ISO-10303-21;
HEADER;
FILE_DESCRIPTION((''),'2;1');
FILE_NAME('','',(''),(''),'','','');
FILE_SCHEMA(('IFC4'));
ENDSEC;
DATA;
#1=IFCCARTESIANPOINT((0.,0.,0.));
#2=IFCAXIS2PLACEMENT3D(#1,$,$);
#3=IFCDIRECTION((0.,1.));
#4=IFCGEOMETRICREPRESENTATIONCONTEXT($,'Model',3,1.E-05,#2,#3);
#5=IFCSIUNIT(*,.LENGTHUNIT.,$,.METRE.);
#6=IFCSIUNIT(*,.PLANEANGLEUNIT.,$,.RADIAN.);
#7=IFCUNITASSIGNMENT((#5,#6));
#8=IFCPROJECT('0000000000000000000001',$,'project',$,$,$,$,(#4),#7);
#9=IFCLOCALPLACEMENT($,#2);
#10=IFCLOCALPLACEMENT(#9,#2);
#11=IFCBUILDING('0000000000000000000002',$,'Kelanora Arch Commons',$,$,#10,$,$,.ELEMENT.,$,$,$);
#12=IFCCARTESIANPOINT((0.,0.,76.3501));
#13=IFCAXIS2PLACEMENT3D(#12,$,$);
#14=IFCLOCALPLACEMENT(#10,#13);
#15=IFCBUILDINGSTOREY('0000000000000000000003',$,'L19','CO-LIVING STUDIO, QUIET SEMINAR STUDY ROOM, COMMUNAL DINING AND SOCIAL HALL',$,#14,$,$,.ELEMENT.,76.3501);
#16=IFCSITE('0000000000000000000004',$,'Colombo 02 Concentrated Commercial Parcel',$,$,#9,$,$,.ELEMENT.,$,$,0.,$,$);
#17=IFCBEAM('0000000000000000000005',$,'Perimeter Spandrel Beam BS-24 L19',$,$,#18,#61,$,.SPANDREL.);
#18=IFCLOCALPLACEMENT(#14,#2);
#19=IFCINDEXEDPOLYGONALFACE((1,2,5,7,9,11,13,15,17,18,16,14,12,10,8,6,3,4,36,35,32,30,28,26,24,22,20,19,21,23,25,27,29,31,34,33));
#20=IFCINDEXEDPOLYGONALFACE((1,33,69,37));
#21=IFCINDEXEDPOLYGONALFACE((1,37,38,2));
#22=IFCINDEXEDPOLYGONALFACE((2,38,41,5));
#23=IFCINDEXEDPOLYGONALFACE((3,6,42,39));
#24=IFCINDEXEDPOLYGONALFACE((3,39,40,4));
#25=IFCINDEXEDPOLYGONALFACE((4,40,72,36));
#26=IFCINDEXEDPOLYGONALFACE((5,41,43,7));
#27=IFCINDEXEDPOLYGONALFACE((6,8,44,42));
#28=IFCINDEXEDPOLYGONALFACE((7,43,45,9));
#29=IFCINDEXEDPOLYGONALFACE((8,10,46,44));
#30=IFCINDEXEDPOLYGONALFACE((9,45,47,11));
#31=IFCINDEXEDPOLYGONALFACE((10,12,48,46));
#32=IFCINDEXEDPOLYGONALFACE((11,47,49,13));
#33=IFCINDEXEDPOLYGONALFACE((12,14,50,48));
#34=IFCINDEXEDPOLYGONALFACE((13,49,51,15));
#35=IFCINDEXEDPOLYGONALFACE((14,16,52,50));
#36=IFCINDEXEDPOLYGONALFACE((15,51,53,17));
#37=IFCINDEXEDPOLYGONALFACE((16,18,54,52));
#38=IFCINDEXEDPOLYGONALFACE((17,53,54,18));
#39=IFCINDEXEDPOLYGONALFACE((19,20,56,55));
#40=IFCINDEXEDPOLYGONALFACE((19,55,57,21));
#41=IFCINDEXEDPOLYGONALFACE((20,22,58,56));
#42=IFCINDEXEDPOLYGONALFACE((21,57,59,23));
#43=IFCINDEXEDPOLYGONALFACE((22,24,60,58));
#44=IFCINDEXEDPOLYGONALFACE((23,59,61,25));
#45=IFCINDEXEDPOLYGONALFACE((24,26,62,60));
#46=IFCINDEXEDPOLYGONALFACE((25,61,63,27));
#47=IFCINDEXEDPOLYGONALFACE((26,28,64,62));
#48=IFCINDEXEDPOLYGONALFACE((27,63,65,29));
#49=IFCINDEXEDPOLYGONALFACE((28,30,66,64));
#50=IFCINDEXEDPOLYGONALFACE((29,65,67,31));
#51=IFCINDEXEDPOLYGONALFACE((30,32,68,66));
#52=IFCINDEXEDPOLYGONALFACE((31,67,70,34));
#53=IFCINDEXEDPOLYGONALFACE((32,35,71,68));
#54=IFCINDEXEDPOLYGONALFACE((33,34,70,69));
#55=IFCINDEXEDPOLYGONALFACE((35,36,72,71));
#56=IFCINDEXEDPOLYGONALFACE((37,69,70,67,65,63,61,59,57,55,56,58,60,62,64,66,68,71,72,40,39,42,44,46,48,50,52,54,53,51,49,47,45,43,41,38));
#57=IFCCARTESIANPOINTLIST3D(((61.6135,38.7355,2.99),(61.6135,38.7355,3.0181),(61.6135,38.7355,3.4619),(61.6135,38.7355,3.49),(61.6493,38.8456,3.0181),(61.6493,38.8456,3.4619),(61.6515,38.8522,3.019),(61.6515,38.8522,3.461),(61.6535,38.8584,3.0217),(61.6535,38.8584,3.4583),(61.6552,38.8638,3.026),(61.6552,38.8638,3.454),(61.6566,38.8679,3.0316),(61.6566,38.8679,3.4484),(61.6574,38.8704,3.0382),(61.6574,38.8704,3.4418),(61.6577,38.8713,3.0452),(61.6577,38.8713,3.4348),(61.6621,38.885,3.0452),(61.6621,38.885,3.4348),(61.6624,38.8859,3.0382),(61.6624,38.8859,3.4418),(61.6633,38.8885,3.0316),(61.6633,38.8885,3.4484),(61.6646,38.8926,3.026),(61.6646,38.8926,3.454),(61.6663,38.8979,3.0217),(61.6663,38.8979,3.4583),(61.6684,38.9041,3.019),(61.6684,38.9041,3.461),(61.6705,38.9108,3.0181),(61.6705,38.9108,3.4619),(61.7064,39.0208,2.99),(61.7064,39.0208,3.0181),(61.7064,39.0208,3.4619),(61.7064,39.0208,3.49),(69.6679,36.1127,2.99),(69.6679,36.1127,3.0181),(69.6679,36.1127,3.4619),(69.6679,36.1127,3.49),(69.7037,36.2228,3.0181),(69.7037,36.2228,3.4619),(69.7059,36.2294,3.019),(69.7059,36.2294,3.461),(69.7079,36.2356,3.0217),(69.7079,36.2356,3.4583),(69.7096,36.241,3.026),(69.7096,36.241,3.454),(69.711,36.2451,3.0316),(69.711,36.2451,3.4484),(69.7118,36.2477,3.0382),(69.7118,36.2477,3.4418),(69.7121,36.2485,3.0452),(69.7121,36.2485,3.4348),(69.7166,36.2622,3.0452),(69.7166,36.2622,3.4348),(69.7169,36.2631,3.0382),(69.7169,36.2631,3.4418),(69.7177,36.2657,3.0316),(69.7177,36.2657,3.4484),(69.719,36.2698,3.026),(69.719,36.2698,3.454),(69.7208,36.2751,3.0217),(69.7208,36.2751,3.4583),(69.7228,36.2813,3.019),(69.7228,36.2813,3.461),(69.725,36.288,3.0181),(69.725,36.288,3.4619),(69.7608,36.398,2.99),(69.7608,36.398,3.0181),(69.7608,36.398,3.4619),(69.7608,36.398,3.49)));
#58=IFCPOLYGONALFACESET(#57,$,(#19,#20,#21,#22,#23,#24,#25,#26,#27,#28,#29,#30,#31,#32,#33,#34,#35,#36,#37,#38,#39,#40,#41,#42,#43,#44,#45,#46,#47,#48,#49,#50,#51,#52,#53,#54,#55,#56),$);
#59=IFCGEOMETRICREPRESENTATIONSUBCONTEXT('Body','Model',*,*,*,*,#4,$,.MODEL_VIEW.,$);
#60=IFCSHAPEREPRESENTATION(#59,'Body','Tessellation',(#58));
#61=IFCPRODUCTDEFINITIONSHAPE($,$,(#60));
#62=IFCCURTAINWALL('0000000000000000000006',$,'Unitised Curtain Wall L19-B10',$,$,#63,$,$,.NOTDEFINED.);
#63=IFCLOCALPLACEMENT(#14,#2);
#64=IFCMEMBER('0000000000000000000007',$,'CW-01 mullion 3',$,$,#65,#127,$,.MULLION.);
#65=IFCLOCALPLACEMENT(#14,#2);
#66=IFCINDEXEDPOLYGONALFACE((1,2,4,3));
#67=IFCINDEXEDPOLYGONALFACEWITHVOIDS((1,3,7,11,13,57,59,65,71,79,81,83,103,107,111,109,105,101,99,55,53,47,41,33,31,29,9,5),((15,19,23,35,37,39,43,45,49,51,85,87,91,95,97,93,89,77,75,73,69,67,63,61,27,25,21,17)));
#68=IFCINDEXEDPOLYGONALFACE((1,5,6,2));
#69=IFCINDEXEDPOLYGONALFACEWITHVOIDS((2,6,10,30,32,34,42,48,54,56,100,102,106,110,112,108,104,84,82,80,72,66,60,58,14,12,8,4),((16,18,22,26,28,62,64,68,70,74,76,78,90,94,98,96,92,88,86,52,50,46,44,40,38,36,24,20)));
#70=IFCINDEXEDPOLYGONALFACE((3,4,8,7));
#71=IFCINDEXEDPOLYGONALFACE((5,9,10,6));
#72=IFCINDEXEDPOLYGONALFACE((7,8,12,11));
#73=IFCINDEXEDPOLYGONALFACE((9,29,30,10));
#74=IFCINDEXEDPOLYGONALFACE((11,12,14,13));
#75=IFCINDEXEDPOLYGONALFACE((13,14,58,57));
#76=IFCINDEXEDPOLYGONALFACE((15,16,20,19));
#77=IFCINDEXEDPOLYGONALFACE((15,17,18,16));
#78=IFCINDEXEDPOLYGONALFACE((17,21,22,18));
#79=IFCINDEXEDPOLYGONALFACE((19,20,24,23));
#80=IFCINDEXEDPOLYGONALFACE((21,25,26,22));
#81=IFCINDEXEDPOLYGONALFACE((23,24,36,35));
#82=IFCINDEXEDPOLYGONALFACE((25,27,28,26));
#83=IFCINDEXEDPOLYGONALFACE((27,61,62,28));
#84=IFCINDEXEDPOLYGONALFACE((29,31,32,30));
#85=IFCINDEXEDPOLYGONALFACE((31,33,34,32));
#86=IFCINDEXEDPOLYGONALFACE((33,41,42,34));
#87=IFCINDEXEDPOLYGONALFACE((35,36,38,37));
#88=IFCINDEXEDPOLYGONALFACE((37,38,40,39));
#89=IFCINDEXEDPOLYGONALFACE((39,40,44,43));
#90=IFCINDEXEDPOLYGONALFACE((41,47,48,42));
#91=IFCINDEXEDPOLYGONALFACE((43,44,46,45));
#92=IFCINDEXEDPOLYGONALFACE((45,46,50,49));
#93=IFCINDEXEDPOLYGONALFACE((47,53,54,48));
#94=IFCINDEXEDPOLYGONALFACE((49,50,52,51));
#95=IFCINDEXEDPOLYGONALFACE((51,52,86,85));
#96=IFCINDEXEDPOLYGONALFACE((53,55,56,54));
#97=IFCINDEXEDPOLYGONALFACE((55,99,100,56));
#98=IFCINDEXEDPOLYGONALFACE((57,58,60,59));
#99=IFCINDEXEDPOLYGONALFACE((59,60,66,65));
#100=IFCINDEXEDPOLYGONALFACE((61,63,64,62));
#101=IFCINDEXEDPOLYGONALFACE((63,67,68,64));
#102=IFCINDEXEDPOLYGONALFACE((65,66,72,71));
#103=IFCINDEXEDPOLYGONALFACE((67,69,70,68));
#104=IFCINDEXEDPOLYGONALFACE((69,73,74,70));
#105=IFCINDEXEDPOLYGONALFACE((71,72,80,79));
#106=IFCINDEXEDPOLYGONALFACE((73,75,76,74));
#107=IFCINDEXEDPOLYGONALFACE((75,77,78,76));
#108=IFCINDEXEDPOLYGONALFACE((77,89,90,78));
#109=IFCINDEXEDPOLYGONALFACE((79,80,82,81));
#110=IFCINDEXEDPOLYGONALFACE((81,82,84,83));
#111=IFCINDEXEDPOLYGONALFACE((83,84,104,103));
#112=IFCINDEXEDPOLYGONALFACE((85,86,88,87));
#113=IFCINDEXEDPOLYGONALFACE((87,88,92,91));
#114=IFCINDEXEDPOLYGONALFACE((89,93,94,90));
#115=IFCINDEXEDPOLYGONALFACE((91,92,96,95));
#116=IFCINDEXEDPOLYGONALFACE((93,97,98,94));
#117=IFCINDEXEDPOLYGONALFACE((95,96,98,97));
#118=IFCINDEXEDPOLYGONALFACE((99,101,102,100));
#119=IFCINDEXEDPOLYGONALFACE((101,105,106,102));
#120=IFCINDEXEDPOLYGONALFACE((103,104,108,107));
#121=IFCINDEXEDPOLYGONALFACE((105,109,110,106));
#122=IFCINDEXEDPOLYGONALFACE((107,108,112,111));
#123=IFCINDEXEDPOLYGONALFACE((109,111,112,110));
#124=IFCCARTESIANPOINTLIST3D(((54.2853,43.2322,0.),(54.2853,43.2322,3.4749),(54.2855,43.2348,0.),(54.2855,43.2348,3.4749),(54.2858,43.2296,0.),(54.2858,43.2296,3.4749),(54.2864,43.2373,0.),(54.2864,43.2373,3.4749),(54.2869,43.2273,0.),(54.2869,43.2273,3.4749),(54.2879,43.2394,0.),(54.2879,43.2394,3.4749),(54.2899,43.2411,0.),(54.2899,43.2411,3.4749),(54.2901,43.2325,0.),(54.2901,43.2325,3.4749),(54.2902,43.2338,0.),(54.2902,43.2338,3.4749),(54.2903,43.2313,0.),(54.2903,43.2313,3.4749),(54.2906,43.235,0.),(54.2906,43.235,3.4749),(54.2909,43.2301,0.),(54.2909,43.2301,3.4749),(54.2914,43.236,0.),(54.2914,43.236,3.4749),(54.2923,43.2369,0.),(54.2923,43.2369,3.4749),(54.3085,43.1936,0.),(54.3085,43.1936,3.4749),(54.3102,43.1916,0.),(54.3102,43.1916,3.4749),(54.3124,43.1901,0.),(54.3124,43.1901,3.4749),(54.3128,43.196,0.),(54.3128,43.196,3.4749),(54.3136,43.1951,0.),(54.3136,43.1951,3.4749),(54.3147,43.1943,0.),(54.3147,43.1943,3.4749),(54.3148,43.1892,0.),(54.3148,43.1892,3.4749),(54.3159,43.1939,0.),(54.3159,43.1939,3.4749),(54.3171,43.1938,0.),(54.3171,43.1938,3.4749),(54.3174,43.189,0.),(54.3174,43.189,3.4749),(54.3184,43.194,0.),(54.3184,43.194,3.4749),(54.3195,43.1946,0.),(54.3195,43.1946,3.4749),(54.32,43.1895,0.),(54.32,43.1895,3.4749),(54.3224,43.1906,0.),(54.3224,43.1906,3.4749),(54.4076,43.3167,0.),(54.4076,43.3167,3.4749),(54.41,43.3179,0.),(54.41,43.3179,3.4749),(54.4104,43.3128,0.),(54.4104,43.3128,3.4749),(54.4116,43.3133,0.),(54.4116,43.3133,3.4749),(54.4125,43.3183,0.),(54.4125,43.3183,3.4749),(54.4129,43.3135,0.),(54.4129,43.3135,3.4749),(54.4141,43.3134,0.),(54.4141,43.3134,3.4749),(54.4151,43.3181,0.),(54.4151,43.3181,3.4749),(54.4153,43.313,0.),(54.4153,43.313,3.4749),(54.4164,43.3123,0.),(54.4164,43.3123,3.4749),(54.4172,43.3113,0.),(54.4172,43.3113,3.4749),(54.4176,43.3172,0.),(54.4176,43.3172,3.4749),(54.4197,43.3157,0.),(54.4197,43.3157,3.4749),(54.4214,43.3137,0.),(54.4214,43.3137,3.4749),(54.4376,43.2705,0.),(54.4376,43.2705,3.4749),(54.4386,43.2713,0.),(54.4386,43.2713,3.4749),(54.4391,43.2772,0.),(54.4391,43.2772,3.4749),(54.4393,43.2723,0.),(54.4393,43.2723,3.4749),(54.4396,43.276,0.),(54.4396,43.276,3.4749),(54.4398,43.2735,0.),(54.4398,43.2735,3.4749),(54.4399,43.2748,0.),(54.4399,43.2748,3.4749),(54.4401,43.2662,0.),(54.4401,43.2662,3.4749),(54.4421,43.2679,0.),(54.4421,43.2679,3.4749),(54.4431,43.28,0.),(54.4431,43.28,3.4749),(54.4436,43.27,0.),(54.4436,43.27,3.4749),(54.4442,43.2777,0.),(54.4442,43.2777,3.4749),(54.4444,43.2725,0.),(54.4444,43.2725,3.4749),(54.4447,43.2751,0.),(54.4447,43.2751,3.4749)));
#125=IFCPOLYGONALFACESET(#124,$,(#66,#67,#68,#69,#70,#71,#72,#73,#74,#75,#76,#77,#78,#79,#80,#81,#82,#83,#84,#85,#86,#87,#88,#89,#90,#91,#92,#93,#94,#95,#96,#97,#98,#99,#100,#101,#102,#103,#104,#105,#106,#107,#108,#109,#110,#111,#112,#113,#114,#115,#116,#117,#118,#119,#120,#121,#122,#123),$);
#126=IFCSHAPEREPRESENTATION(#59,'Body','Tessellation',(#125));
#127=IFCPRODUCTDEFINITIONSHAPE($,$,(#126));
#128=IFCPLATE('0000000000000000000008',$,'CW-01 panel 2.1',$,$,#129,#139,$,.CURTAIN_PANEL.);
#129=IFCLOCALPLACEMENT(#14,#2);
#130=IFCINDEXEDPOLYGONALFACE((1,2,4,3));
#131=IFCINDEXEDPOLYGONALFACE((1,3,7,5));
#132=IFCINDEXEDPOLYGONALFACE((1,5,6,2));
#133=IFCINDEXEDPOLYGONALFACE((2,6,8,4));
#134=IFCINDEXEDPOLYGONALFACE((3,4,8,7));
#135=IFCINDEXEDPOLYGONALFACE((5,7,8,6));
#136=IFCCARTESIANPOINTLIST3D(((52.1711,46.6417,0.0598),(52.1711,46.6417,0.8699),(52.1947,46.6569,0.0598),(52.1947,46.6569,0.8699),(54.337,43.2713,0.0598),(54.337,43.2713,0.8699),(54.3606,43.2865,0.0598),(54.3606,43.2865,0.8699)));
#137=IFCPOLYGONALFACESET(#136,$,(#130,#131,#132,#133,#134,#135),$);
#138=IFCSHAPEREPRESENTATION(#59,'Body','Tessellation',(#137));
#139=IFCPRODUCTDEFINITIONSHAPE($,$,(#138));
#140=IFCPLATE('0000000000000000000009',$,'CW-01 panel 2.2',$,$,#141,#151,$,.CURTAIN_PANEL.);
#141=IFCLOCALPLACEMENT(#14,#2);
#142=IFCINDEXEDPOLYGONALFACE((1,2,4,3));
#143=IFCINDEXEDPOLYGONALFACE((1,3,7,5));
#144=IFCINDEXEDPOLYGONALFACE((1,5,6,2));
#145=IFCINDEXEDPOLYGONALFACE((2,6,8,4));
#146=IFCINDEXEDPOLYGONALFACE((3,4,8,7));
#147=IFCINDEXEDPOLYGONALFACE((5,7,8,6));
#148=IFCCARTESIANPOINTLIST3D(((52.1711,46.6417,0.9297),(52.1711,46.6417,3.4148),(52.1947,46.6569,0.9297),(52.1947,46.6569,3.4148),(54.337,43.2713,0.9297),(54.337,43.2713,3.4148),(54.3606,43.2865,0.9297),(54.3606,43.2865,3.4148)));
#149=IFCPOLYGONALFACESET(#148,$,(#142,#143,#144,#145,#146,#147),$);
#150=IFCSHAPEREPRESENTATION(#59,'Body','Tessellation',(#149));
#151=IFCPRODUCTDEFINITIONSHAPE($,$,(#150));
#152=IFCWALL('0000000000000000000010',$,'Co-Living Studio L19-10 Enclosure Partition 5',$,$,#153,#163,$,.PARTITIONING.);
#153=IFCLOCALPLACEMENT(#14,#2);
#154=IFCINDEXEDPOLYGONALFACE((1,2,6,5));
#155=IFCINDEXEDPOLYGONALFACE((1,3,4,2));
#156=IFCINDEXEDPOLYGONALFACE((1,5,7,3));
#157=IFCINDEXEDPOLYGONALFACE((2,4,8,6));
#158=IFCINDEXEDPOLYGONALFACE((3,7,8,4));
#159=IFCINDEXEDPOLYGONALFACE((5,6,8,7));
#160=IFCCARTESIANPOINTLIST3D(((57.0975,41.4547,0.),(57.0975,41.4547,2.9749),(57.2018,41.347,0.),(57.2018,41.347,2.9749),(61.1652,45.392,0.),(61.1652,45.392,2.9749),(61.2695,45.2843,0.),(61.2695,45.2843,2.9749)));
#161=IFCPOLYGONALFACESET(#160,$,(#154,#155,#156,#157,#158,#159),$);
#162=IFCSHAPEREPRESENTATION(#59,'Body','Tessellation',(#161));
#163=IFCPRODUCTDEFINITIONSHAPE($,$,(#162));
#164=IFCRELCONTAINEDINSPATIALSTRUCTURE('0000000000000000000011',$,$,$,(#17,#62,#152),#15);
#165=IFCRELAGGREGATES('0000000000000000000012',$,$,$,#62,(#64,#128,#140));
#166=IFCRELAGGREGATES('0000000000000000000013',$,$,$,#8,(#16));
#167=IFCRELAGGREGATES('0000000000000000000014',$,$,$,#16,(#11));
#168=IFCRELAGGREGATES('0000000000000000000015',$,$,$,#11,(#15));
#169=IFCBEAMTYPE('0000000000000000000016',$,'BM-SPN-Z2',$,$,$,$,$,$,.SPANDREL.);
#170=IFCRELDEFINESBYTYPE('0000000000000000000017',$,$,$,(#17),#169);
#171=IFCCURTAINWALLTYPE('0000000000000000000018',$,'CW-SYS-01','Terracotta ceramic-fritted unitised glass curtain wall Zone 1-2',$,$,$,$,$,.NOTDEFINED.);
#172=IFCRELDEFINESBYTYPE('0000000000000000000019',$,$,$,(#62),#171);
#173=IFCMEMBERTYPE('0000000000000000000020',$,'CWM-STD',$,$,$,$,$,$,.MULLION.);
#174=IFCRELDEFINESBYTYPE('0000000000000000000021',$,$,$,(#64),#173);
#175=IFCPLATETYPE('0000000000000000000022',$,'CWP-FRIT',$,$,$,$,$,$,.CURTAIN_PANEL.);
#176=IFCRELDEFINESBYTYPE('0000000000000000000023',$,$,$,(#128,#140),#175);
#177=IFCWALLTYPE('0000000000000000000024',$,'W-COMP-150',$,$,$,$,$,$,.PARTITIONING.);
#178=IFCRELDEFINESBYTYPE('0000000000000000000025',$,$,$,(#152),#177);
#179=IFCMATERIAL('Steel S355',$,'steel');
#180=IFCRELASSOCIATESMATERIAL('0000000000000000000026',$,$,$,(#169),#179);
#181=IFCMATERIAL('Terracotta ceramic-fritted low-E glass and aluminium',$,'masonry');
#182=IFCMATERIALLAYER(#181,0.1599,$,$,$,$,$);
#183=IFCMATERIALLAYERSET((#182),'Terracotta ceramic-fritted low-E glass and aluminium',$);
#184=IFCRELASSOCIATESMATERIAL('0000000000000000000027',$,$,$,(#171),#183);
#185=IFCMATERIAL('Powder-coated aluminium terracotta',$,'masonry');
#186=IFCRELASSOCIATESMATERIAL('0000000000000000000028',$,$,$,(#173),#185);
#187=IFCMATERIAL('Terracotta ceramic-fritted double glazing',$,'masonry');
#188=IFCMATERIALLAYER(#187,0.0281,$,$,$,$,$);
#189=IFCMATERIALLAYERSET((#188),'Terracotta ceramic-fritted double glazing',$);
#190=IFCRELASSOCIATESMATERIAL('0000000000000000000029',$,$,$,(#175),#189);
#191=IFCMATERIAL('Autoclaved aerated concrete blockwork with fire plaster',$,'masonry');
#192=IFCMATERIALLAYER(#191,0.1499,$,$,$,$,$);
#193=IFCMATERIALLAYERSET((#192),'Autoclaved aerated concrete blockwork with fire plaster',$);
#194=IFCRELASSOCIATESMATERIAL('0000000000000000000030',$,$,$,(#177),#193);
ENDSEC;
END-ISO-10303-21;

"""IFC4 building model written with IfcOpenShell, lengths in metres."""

from ifc_helpers import new_model, si_unit, direction, frame, frame_2d, origin, origin_2d, place, context, subcontext, project, spatial, rectangle, hollow_rectangle, i_section, extrude, source, transform, mapped, material, layer, layer_set, material_profile, profile_set, type_object, element, aggregate, save


model = new_model("IFC4")

# Units and contexts
model_context = context("Model", 3, precision=1e-05, world=origin(), true_north=direction((0.0, 1.0)))
body_context = subcontext(model_context, "Body", "Model", "MODEL_VIEW")
ifc_project = project(units=[si_unit("LENGTHUNIT", "METRE"), si_unit("PLANEANGLEUNIT", "RADIAN")], contexts=[model_context])

# Site, building, storey
site_placement = place(None, origin())
site = spatial("IfcSite", under=ifc_project, at=site_placement, Name="Colombo 02 Concentrated Commercial Parcel", CompositionType="ELEMENT", RefElevation=0.0)
building_placement = place(site_placement, origin())
building = spatial("IfcBuilding", under=site, at=building_placement, Name="Kelanora Arch Commons", CompositionType="ELEMENT")
storey_placement = place(building_placement, frame((0.0, 0.0, 76.3501)))
storey = spatial("IfcBuildingStorey", under=building, at=storey_placement, Name="L19", Description="CO-LIVING STUDIO, QUIET SEMINAR STUDY ROOM, COMMUNAL DINING AND SOCIAL HALL", CompositionType="ELEMENT", Elevation=76.3501)

# Beam
ifc_material_1 = material(Name="Steel S355", Category="steel")
ifc_material_profile_1 = material_profile(ifc_material_1, i_section(OverallWidth=0.3, OverallDepth=0.5, WebThickness=0.0144, FlangeThickness=0.0281, FilletRadius=0.0271, at=origin_2d()), Name="HEB500")
ifc_profile_set_1 = profile_set([ifc_material_profile_1], Name="Steel S355")
beam_type_1 = type_object("IfcBeamType", Name="BM-SPN-Z2", PredefinedType="SPANDREL", material=ifc_profile_set_1)
beam_1_placement = place(storey_placement, frame((61.6599, 38.8782, 3.24), z_axis=(0.950857, -0.309631, 0.0), x_axis=(0.309631, 0.950857, 0.0)))
element("IfcBeam", 1, at=beam_1_placement, inside=storey, type_object=beam_type_1, Name="Perimeter Spandrel Beam BS-24 L19", PredefinedType="SPANDREL", context=body_context, shape_type="SweptSolid", body=[
    extrude(i_section(OverallWidth=0.3, OverallDepth=0.5, WebThickness=0.0144, FlangeThickness=0.0281, FilletRadius=0.0271, at=origin_2d()), origin(), (0.0, 0.0, 1.0), 8.4707),
])

# Curtain wall, member, plates
ifc_material_2 = material(Name="Terracotta ceramic-fritted low-E glass and aluminium", Category="masonry")
ifc_layer_1 = layer(ifc_material_2, 0.1599)
ifc_layer_set_1 = layer_set([ifc_layer_1], Name="Terracotta ceramic-fritted low-E glass and aluminium")
curtain_wall_type = type_object("IfcCurtainWallType", Name="CW-SYS-01", Description="Terracotta ceramic-fritted unitised glass curtain wall Zone 1-2", PredefinedType="NOTDEFINED", material=ifc_layer_set_1)
curtain_wall_placement = place(storey_placement, origin())
curtain_wall = element("IfcCurtainWall", 2, at=curtain_wall_placement, inside=storey, type_object=curtain_wall_type, Name="Unitised Curtain Wall L19-B10", PredefinedType="NOTDEFINED")
ifc_material_3 = material(Name="Powder-coated aluminium terracotta", Category="masonry")
ifc_material_profile_2 = material_profile(ifc_material_3, hollow_rectangle(XDim=0.1599, YDim=0.0601, WallThickness=0.0049, InnerFilletRadius=0.0049, OuterFilletRadius=0.01, at=origin_2d()), Name="CWM160x60")
ifc_profile_set_2 = profile_set([ifc_material_profile_2], Name="Powder-coated aluminium terracotta")
member_type = type_object("IfcMemberType", Name="CWM-STD", PredefinedType="MULLION", material=ifc_profile_set_2)
member_placement = place(storey_placement, frame((54.365, 43.2537, 0.0), z_axis=(0.0, 0.0, 1.0), x_axis=(0.841269, 0.540617, 0.0)))
member = element("IfcMember", 3, at=member_placement, type_object=member_type, Name="CW-01 mullion 3", PredefinedType="MULLION", context=body_context, shape_type="SweptSolid", body=[
    extrude(hollow_rectangle(XDim=0.1599, YDim=0.0601, WallThickness=0.0049, InnerFilletRadius=0.0049, OuterFilletRadius=0.01, at=origin_2d()), origin(), (0.0, 0.0, 1.0), 3.4749),
])
ifc_material_4 = material(Name="Terracotta ceramic-fritted double glazing", Category="masonry")
ifc_layer_2 = layer(ifc_material_4, 0.0281)
ifc_layer_set_2 = layer_set([ifc_layer_2], Name="Terracotta ceramic-fritted double glazing")
plate_type = type_object("IfcPlateType", Name="CWP-FRIT", PredefinedType="CURTAIN_PANEL", material=ifc_layer_set_2)
shared_shape_1 = source(origin(), body_context, "Body", "SweptSolid", [
    extrude(rectangle(XDim=4.0063, YDim=0.0281, at=origin_2d()), origin(), (0.0, 0.0, 1.0), 0.8101),
])
plate_1_placement = place(storey_placement, frame((53.2659, 44.9641, 0.0598), z_axis=(0.0, 0.0, 1.0), x_axis=(0.540617, -0.841269, 0.0)))
plate_1 = element("IfcPlate", 4, at=plate_1_placement, type_object=plate_type, Name="CW-01 panel 2.1", PredefinedType="CURTAIN_PANEL", context=body_context, shape_type="MappedRepresentation", body=[
    mapped(shared_shape_1, transform((0.0, 0.0, 0.0), scale=1.0)),
])
shared_shape_2 = source(origin(), body_context, "Body", "SweptSolid", [
    extrude(rectangle(XDim=4.0063, YDim=0.0281, at=origin_2d()), origin(), (0.0, 0.0, 1.0), 2.4851),
])
plate_2_placement = place(storey_placement, frame((53.2659, 44.9641, 0.9297), z_axis=(0.0, 0.0, 1.0), x_axis=(0.540617, -0.841269, 0.0)))
plate_2 = element("IfcPlate", 5, at=plate_2_placement, type_object=plate_type, Name="CW-01 panel 2.2", PredefinedType="CURTAIN_PANEL", context=body_context, shape_type="MappedRepresentation", body=[
    mapped(shared_shape_2, transform((0.0, 0.0, 0.0), scale=1.0)),
])
aggregate(curtain_wall, [member, plate_1, plate_2])

# Wall
ifc_material_5 = material(Name="Autoclaved aerated concrete blockwork with fire plaster", Category="masonry")
ifc_layer_3 = layer(ifc_material_5, 0.1499)
ifc_layer_set_3 = layer_set([ifc_layer_3], Name="Autoclaved aerated concrete blockwork with fire plaster")
wall_type_1 = type_object("IfcWallType", Name="W-COMP-150", PredefinedType="PARTITIONING", material=ifc_layer_set_3)
wall_1_placement = place(storey_placement, frame((57.1497, 41.4009, 0.0), z_axis=(0.0, 0.0, 1.0), x_axis=(0.718528, 0.695498, 0.0)))
element("IfcWall", 6, at=wall_1_placement, inside=storey, type_object=wall_type_1, Name="Co-Living Studio L19-10 Enclosure Partition 5", PredefinedType="PARTITIONING", context=body_context, shape_type="SweptSolid", body=[
    extrude(rectangle(XDim=5.6611, YDim=0.1499, at=frame_2d((2.8306, 0.0))), origin(), (0.0, 0.0, 1.0), 2.9749),
])

save(model, "model.ifc")
